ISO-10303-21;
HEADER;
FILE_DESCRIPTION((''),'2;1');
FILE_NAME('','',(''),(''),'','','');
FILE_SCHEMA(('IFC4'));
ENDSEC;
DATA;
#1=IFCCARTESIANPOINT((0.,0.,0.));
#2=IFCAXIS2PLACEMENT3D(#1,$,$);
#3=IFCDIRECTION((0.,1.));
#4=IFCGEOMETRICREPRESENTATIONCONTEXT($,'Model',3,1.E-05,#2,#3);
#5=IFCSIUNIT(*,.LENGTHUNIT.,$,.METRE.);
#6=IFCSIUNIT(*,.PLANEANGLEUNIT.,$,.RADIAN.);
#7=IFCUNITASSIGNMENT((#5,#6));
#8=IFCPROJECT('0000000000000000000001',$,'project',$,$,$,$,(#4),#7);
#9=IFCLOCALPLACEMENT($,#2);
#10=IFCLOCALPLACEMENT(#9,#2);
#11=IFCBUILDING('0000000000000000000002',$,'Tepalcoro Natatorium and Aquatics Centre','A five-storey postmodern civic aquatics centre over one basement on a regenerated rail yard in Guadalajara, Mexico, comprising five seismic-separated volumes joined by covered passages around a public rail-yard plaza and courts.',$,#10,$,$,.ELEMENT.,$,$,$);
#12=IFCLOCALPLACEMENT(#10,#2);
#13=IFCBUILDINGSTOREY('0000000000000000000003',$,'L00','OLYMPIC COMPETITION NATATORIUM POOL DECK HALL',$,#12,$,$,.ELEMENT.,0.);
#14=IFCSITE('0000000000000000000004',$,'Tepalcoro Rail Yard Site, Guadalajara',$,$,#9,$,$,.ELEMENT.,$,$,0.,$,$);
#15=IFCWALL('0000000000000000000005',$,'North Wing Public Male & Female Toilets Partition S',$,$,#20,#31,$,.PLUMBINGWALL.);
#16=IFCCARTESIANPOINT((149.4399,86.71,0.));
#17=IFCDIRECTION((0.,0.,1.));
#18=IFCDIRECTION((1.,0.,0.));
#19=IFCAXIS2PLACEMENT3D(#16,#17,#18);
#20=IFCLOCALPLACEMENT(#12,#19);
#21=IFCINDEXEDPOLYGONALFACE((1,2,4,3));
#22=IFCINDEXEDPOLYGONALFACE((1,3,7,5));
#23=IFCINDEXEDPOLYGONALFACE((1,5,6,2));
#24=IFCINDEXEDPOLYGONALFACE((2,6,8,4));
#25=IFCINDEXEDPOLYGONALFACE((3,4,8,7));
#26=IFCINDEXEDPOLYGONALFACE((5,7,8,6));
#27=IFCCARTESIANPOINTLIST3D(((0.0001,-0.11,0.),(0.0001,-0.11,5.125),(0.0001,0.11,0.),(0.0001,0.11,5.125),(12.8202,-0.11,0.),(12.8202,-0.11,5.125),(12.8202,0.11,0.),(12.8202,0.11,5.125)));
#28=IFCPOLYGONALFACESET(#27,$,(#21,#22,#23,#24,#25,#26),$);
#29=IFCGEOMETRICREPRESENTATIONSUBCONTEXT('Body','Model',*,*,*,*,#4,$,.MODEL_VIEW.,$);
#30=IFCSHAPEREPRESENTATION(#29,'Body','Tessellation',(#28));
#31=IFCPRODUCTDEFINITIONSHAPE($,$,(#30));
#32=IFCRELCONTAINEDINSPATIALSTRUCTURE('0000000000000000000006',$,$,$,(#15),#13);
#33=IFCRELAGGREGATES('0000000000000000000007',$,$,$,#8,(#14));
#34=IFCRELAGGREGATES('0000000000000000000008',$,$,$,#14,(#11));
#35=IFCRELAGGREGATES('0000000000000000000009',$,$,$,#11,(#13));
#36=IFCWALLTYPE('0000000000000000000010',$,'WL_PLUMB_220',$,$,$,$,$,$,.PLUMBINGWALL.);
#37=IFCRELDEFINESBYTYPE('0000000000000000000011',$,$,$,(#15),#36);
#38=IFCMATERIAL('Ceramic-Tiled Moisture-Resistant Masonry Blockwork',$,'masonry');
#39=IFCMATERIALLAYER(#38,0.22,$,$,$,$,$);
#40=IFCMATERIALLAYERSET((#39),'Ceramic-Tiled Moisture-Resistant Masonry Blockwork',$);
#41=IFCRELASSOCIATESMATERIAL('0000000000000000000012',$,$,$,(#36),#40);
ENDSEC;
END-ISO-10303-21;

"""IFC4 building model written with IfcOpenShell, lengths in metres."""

from ifc_helpers import new_model, si_unit, direction, frame, frame_2d, origin, place, context, subcontext, project, spatial, rectangle, extrude, material, layer, layer_set, type_object, element, save


model = new_model("IFC4")

# Units and contexts
model_context = context("Model", 3, precision=1e-05, world=origin(), true_north=direction((0.0, 1.0)))
body_context = subcontext(model_context, "Body", "Model", "MODEL_VIEW")
ifc_project = project(units=[si_unit("LENGTHUNIT", "METRE"), si_unit("PLANEANGLEUNIT", "RADIAN")], contexts=[model_context])

# Site, building, storey
site_placement = place(None, origin())
site = spatial("IfcSite", under=ifc_project, at=site_placement, Name="Tepalcoro Rail Yard Site, Guadalajara", CompositionType="ELEMENT", RefElevation=0.0)
building_placement = place(site_placement, origin())
building = spatial("IfcBuilding", under=site, at=building_placement, Name="Tepalcoro Natatorium and Aquatics Centre", Description="A five-storey postmodern civic aquatics centre over one basement on a regenerated rail yard in Guadalajara, Mexico, comprising five seismic-separated volumes joined by covered passages around a public rail-yard plaza and courts.", CompositionType="ELEMENT")
storey_placement = place(building_placement, origin())
storey = spatial("IfcBuildingStorey", under=building, at=storey_placement, Name="L00", Description="OLYMPIC COMPETITION NATATORIUM POOL DECK HALL", CompositionType="ELEMENT", Elevation=0.0)

# Wall
ifc_material_1 = material(Name="Ceramic-Tiled Moisture-Resistant Masonry Blockwork", Category="masonry")
ifc_layer_1 = layer(ifc_material_1, 0.22)
ifc_layer_set_1 = layer_set([ifc_layer_1], Name="Ceramic-Tiled Moisture-Resistant Masonry Blockwork")
wall_type = type_object("IfcWallType", Name="WL_PLUMB_220", PredefinedType="PLUMBINGWALL", material=ifc_layer_set_1)
wall_1_placement = place(storey_placement, frame((149.4399, 86.71, 0.0), z_axis=(0.0, 0.0, 1.0), x_axis=(1.0, 0.0, 0.0)))
element("IfcWall", 1, at=wall_1_placement, inside=storey, type_object=wall_type, Name="North Wing Public Male & Female Toilets Partition S", PredefinedType="PLUMBINGWALL", context=body_context, shape_type="SweptSolid", body=[
    extrude(rectangle(XDim=12.8201, YDim=0.22, at=frame_2d((6.4102, 0.0))), origin(), (0.0, 0.0, 1.0), 5.125),
])

save(model, "model.ifc")
